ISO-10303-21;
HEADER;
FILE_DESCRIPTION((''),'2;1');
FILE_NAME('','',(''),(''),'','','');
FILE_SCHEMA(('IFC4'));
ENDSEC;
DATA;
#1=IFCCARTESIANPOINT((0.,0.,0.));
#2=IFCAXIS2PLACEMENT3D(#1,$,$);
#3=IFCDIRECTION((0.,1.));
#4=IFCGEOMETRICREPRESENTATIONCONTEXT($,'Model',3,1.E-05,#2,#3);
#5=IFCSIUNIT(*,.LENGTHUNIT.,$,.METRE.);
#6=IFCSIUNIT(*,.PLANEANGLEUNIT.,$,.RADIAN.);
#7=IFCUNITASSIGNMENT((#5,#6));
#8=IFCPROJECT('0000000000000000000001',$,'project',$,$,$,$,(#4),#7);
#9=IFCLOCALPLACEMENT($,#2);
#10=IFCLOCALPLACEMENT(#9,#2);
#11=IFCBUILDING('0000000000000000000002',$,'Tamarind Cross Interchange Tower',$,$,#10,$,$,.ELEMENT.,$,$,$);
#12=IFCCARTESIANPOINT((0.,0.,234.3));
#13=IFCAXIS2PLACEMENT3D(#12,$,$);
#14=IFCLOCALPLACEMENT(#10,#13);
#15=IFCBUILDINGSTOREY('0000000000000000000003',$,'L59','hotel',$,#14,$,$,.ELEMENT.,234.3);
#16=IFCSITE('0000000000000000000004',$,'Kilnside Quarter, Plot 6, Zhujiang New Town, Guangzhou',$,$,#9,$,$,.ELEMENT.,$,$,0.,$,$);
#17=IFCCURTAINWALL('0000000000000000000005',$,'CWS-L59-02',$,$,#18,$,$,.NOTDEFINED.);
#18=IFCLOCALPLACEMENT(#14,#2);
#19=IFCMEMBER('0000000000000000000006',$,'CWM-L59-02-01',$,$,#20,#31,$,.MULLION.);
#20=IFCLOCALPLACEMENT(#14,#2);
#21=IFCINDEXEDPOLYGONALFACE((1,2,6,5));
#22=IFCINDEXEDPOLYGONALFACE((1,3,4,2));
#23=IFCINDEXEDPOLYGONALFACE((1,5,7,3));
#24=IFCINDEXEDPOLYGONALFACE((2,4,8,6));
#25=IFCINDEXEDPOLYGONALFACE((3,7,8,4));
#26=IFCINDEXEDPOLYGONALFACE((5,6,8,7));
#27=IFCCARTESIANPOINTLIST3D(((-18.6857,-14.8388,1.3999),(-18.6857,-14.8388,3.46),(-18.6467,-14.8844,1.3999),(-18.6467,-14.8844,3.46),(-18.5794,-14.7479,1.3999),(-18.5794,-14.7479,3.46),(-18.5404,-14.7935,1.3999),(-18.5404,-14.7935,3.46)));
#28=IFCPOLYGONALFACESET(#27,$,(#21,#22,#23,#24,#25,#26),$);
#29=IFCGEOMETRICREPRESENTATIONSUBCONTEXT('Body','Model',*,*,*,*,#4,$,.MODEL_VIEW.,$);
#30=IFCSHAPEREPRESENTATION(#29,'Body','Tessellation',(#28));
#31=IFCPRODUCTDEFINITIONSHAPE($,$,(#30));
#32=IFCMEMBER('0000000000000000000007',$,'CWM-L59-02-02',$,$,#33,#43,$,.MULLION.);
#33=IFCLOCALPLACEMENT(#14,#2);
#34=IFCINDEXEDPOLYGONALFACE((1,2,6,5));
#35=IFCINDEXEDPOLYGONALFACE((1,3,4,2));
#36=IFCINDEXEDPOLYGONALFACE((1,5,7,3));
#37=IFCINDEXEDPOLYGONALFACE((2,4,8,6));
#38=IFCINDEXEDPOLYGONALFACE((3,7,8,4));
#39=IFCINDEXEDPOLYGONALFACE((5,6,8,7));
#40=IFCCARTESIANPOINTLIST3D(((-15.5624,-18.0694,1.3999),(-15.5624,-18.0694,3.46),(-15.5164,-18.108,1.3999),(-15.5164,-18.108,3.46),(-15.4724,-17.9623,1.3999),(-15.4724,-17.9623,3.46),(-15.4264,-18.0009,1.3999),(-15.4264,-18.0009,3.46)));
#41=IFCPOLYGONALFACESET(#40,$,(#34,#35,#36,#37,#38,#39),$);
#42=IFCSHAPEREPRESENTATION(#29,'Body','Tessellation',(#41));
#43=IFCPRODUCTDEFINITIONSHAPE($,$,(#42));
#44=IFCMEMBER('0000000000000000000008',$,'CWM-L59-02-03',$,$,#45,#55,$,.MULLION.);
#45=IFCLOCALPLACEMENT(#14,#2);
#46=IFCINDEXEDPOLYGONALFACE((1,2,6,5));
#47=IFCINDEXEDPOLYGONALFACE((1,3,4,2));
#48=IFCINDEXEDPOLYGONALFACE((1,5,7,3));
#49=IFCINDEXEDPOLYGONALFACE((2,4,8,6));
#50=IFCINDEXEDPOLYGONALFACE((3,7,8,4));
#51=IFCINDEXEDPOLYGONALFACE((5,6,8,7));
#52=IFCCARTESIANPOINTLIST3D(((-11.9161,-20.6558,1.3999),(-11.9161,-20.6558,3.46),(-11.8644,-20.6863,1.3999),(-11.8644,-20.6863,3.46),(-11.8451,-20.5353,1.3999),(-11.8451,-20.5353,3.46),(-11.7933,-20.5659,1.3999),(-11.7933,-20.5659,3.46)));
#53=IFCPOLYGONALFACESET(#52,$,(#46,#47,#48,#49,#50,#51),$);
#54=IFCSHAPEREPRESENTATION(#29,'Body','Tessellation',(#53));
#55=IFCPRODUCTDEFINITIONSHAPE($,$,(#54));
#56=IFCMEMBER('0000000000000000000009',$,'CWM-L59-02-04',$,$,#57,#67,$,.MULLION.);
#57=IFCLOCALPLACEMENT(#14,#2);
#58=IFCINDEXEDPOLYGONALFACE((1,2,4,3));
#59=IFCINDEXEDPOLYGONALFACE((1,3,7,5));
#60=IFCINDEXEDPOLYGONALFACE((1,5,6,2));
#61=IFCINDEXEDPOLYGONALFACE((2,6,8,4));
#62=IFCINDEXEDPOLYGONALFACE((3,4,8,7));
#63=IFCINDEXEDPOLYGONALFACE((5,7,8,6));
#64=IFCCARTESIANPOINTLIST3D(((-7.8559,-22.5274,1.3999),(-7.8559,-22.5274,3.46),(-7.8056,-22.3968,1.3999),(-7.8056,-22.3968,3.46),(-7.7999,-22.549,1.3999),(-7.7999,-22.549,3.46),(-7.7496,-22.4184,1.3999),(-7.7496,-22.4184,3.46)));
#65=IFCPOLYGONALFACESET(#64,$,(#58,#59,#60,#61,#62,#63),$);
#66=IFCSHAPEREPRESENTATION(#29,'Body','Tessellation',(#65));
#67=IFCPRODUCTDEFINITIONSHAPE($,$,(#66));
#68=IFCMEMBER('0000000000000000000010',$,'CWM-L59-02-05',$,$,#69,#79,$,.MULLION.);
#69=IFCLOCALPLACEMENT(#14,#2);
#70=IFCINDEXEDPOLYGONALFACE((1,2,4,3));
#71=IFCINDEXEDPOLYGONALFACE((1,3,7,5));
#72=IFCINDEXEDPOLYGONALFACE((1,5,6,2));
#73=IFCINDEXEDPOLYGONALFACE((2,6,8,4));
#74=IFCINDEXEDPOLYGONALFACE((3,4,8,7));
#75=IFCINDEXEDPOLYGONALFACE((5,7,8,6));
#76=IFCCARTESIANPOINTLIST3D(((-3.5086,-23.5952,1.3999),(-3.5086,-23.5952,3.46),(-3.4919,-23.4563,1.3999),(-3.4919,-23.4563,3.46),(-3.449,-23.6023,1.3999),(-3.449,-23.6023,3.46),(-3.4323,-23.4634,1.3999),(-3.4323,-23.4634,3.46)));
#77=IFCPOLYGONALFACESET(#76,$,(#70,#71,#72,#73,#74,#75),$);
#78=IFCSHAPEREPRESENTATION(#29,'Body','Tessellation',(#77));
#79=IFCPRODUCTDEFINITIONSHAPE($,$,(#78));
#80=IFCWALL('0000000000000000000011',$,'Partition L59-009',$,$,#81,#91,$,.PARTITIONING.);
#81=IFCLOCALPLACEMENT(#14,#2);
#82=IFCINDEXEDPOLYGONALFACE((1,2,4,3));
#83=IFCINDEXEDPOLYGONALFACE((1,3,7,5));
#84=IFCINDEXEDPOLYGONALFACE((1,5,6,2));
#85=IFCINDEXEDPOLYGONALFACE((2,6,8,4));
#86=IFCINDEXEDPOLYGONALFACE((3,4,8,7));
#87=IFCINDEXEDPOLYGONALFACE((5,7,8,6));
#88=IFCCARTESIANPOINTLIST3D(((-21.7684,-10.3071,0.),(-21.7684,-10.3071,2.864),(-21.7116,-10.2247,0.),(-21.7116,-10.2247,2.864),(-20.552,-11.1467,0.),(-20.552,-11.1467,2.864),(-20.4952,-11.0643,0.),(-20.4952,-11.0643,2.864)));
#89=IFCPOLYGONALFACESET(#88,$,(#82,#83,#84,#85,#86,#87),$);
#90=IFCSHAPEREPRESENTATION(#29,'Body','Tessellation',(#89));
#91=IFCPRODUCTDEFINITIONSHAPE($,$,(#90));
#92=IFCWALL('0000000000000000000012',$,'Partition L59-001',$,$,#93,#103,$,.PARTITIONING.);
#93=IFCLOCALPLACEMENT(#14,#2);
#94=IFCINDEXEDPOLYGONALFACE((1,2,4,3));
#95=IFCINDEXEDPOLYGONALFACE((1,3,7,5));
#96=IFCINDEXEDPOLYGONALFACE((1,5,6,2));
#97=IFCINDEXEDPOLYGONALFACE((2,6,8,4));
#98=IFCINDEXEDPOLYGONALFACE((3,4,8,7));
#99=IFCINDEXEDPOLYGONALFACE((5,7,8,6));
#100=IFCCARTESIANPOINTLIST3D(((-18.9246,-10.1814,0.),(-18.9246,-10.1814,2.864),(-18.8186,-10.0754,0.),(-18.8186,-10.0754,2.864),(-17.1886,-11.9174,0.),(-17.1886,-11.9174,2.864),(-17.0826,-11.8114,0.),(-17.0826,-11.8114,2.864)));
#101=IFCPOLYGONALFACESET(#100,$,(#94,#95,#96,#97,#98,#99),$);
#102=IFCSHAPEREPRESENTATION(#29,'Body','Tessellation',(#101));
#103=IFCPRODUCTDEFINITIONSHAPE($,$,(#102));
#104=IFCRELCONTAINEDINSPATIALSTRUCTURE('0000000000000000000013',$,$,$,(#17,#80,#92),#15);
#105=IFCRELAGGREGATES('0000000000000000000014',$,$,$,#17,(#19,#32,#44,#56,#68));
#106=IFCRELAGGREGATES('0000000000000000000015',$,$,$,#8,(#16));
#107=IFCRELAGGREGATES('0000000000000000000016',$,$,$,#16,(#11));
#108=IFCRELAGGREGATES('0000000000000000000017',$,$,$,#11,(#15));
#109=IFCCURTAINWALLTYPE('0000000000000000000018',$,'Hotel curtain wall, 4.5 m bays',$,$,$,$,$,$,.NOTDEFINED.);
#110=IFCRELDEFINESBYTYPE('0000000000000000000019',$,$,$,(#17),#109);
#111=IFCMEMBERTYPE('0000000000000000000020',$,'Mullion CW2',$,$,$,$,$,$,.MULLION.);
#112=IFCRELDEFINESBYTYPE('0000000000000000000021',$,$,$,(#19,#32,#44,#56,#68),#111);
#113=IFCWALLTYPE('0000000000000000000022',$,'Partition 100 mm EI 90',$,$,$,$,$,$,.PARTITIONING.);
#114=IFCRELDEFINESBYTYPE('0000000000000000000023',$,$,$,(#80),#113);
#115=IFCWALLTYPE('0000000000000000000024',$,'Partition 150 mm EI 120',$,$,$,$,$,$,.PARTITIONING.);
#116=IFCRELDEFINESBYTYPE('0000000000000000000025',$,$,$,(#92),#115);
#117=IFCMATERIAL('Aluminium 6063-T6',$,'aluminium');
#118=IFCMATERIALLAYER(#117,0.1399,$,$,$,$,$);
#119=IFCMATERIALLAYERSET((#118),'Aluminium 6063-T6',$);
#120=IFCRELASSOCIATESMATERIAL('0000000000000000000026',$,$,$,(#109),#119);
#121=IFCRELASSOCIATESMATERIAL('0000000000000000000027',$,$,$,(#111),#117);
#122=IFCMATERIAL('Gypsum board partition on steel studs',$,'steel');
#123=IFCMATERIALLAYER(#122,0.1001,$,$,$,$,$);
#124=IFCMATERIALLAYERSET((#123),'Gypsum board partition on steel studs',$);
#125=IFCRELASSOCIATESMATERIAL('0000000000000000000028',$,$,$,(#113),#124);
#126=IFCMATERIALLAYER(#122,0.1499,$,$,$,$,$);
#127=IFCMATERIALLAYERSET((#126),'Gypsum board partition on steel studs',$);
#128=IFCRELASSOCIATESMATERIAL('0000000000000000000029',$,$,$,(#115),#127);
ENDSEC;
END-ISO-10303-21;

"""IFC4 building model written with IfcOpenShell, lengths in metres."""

from ifc_helpers import new_model, si_unit, direction, frame, frame_2d, origin, origin_2d, place, context, subcontext, project, spatial, rectangle, extrude, material, layer, layer_set, material_profile, profile_set, type_object, element, aggregate, save


model = new_model("IFC4")

# Units and contexts
model_context = context("Model", 3, precision=1e-05, world=origin(), true_north=direction((0.0, 1.0)))
body_context = subcontext(model_context, "Body", "Model", "MODEL_VIEW")
ifc_project = project(units=[si_unit("LENGTHUNIT", "METRE"), si_unit("PLANEANGLEUNIT", "RADIAN")], contexts=[model_context])

# Site, building, storey
site_placement = place(None, origin())
site = spatial("IfcSite", under=ifc_project, at=site_placement, Name="Kilnside Quarter, Plot 6, Zhujiang New Town, Guangzhou", CompositionType="ELEMENT", RefElevation=0.0)
building_placement = place(site_placement, origin())
building = spatial("IfcBuilding", under=site, at=building_placement, Name="Tamarind Cross Interchange Tower", CompositionType="ELEMENT")
storey_placement = place(building_placement, frame((0.0, 0.0, 234.3)))
storey = spatial("IfcBuildingStorey", under=building, at=storey_placement, Name="L59", Description="hotel", CompositionType="ELEMENT", Elevation=234.3)

# Curtain wall, members
ifc_material_1 = material(Name="Aluminium 6063-T6", Category="aluminium")
ifc_layer_1 = layer(ifc_material_1, 0.1399)
ifc_layer_set_1 = layer_set([ifc_layer_1], Name="Aluminium 6063-T6")
curtain_wall_type = type_object("IfcCurtainWallType", Name="Hotel curtain wall, 4.5 m bays", PredefinedType="NOTDEFINED", material=ifc_layer_set_1)
curtain_wall_placement = place(storey_placement, origin())
curtain_wall = element("IfcCurtainWall", 1, at=curtain_wall_placement, inside=storey, type_object=curtain_wall_type, Name="CWS-L59-02", PredefinedType="NOTDEFINED")
ifc_material_profile_1 = material_profile(ifc_material_1, rectangle(XDim=0.0601, YDim=0.1399, at=origin_2d()), Name="Mullion CW2")
ifc_profile_set_1 = profile_set([ifc_material_profile_1], Name="Aluminium 6063-T6")
member_type = type_object("IfcMemberType", Name="Mullion CW2", PredefinedType="MULLION", material=ifc_profile_set_1)
member_1_placement = place(storey_placement, frame((-18.613, -14.8162, 1.3999), z_axis=(0.0, 0.0, 1.0), x_axis=(0.649701, -0.76019, 0.0)))
member_1 = element("IfcMember", 2, at=member_1_placement, type_object=member_type, Name="CWM-L59-02-01", PredefinedType="MULLION", context=body_context, shape_type="SweptSolid", body=[
    extrude(rectangle(XDim=0.0601, YDim=0.1399, at=origin_2d()), origin(), (0.0, 0.0, 1.0), 2.0601),
])
member_2_placement = place(storey_placement, frame((-15.4944, -18.0352, 1.3999), z_axis=(0.0, 0.0, 1.0), x_axis=(0.765858, -0.643009, 0.0)))
member_2 = element("IfcMember", 3, at=member_2_placement, type_object=member_type, Name="CWM-L59-02-02", PredefinedType="MULLION", context=body_context, shape_type="SweptSolid", body=[
    extrude(rectangle(XDim=0.0601, YDim=0.1399, at=origin_2d()), origin(), (0.0, 0.0, 1.0), 2.0601),
])
member_3_placement = place(storey_placement, frame((-11.8547, -20.6108, 1.3999), z_axis=(0.0, 0.0, 1.0), x_axis=(0.861249, -0.508183, 0.0)))
member_3 = element("IfcMember", 4, at=member_3_placement, type_object=member_type, Name="CWM-L59-02-03", PredefinedType="MULLION", context=body_context, shape_type="SweptSolid", body=[
    extrude(rectangle(XDim=0.0601, YDim=0.1399, at=origin_2d()), origin(), (0.0, 0.0, 1.0), 2.0601),
])
member_4_placement = place(storey_placement, frame((-7.8027, -22.4729, 1.3999), z_axis=(0.0, 0.0, 1.0), x_axis=(0.933147, -0.359495, 0.0)))
member_4 = element("IfcMember", 5, at=member_4_placement, type_object=member_type, Name="CWM-L59-02-04", PredefinedType="MULLION", context=body_context, shape_type="SweptSolid", body=[
    extrude(rectangle(XDim=0.0601, YDim=0.1399, at=origin_2d()), origin(), (0.0, 0.0, 1.0), 2.0601),
])
member_5_placement = place(storey_placement, frame((-3.4705, -23.5293, 1.3999), z_axis=(0.0, 0.0, 1.0), x_axis=(0.992844, -0.119421, 0.0)))
member_5 = element("IfcMember", 6, at=member_5_placement, type_object=member_type, Name="CWM-L59-02-05", PredefinedType="MULLION", context=body_context, shape_type="SweptSolid", body=[
    extrude(rectangle(XDim=0.0601, YDim=0.1399, at=origin_2d()), origin(), (0.0, 0.0, 1.0), 2.0601),
])
aggregate(curtain_wall, [member_1, member_2, member_3, member_4, member_5])

# Walls
ifc_material_2 = material(Name="Gypsum board partition on steel studs", Category="steel")
ifc_layer_2 = layer(ifc_material_2, 0.1001)
ifc_layer_set_2 = layer_set([ifc_layer_2], Name="Gypsum board partition on steel studs")
wall_type_1 = type_object("IfcWallType", Name="Partition 100 mm EI 90", PredefinedType="PARTITIONING", material=ifc_layer_set_2)
wall_1_placement = place(storey_placement, frame((-21.74, -10.2659, 0.0), z_axis=(0.0, 0.0, 1.0), x_axis=(0.82297, -0.568084, 0.0)))
element("IfcWall", 7, at=wall_1_placement, inside=storey, type_object=wall_type_1, Name="Partition L59-009", PredefinedType="PARTITIONING", context=body_context, shape_type="SweptSolid", body=[
    extrude(rectangle(XDim=1.478, YDim=0.1001, at=frame_2d((0.739, 0.0))), origin(), (0.0, 0.0, 1.0), 2.864),
])
ifc_layer_3 = layer(ifc_material_2, 0.1499)
ifc_layer_set_3 = layer_set([ifc_layer_3], Name="Gypsum board partition on steel studs")
wall_type_2 = type_object("IfcWallType", Name="Partition 150 mm EI 120", PredefinedType="PARTITIONING", material=ifc_layer_set_3)
wall_2_placement = place(storey_placement, frame((-18.8716, -10.1284, 0.0), z_axis=(0.0, 0.0, 1.0), x_axis=(0.707107, -0.707107, 0.0)))
element("IfcWall", 8, at=wall_2_placement, inside=storey, type_object=wall_type_2, Name="Partition L59-001", PredefinedType="PARTITIONING", context=body_context, shape_type="SweptSolid", body=[
    extrude(rectangle(XDim=2.4551, YDim=0.1499, at=frame_2d((1.2275, 0.0))), origin(), (0.0, 0.0, 1.0), 2.864),
])

save(model, "model.ifc")
